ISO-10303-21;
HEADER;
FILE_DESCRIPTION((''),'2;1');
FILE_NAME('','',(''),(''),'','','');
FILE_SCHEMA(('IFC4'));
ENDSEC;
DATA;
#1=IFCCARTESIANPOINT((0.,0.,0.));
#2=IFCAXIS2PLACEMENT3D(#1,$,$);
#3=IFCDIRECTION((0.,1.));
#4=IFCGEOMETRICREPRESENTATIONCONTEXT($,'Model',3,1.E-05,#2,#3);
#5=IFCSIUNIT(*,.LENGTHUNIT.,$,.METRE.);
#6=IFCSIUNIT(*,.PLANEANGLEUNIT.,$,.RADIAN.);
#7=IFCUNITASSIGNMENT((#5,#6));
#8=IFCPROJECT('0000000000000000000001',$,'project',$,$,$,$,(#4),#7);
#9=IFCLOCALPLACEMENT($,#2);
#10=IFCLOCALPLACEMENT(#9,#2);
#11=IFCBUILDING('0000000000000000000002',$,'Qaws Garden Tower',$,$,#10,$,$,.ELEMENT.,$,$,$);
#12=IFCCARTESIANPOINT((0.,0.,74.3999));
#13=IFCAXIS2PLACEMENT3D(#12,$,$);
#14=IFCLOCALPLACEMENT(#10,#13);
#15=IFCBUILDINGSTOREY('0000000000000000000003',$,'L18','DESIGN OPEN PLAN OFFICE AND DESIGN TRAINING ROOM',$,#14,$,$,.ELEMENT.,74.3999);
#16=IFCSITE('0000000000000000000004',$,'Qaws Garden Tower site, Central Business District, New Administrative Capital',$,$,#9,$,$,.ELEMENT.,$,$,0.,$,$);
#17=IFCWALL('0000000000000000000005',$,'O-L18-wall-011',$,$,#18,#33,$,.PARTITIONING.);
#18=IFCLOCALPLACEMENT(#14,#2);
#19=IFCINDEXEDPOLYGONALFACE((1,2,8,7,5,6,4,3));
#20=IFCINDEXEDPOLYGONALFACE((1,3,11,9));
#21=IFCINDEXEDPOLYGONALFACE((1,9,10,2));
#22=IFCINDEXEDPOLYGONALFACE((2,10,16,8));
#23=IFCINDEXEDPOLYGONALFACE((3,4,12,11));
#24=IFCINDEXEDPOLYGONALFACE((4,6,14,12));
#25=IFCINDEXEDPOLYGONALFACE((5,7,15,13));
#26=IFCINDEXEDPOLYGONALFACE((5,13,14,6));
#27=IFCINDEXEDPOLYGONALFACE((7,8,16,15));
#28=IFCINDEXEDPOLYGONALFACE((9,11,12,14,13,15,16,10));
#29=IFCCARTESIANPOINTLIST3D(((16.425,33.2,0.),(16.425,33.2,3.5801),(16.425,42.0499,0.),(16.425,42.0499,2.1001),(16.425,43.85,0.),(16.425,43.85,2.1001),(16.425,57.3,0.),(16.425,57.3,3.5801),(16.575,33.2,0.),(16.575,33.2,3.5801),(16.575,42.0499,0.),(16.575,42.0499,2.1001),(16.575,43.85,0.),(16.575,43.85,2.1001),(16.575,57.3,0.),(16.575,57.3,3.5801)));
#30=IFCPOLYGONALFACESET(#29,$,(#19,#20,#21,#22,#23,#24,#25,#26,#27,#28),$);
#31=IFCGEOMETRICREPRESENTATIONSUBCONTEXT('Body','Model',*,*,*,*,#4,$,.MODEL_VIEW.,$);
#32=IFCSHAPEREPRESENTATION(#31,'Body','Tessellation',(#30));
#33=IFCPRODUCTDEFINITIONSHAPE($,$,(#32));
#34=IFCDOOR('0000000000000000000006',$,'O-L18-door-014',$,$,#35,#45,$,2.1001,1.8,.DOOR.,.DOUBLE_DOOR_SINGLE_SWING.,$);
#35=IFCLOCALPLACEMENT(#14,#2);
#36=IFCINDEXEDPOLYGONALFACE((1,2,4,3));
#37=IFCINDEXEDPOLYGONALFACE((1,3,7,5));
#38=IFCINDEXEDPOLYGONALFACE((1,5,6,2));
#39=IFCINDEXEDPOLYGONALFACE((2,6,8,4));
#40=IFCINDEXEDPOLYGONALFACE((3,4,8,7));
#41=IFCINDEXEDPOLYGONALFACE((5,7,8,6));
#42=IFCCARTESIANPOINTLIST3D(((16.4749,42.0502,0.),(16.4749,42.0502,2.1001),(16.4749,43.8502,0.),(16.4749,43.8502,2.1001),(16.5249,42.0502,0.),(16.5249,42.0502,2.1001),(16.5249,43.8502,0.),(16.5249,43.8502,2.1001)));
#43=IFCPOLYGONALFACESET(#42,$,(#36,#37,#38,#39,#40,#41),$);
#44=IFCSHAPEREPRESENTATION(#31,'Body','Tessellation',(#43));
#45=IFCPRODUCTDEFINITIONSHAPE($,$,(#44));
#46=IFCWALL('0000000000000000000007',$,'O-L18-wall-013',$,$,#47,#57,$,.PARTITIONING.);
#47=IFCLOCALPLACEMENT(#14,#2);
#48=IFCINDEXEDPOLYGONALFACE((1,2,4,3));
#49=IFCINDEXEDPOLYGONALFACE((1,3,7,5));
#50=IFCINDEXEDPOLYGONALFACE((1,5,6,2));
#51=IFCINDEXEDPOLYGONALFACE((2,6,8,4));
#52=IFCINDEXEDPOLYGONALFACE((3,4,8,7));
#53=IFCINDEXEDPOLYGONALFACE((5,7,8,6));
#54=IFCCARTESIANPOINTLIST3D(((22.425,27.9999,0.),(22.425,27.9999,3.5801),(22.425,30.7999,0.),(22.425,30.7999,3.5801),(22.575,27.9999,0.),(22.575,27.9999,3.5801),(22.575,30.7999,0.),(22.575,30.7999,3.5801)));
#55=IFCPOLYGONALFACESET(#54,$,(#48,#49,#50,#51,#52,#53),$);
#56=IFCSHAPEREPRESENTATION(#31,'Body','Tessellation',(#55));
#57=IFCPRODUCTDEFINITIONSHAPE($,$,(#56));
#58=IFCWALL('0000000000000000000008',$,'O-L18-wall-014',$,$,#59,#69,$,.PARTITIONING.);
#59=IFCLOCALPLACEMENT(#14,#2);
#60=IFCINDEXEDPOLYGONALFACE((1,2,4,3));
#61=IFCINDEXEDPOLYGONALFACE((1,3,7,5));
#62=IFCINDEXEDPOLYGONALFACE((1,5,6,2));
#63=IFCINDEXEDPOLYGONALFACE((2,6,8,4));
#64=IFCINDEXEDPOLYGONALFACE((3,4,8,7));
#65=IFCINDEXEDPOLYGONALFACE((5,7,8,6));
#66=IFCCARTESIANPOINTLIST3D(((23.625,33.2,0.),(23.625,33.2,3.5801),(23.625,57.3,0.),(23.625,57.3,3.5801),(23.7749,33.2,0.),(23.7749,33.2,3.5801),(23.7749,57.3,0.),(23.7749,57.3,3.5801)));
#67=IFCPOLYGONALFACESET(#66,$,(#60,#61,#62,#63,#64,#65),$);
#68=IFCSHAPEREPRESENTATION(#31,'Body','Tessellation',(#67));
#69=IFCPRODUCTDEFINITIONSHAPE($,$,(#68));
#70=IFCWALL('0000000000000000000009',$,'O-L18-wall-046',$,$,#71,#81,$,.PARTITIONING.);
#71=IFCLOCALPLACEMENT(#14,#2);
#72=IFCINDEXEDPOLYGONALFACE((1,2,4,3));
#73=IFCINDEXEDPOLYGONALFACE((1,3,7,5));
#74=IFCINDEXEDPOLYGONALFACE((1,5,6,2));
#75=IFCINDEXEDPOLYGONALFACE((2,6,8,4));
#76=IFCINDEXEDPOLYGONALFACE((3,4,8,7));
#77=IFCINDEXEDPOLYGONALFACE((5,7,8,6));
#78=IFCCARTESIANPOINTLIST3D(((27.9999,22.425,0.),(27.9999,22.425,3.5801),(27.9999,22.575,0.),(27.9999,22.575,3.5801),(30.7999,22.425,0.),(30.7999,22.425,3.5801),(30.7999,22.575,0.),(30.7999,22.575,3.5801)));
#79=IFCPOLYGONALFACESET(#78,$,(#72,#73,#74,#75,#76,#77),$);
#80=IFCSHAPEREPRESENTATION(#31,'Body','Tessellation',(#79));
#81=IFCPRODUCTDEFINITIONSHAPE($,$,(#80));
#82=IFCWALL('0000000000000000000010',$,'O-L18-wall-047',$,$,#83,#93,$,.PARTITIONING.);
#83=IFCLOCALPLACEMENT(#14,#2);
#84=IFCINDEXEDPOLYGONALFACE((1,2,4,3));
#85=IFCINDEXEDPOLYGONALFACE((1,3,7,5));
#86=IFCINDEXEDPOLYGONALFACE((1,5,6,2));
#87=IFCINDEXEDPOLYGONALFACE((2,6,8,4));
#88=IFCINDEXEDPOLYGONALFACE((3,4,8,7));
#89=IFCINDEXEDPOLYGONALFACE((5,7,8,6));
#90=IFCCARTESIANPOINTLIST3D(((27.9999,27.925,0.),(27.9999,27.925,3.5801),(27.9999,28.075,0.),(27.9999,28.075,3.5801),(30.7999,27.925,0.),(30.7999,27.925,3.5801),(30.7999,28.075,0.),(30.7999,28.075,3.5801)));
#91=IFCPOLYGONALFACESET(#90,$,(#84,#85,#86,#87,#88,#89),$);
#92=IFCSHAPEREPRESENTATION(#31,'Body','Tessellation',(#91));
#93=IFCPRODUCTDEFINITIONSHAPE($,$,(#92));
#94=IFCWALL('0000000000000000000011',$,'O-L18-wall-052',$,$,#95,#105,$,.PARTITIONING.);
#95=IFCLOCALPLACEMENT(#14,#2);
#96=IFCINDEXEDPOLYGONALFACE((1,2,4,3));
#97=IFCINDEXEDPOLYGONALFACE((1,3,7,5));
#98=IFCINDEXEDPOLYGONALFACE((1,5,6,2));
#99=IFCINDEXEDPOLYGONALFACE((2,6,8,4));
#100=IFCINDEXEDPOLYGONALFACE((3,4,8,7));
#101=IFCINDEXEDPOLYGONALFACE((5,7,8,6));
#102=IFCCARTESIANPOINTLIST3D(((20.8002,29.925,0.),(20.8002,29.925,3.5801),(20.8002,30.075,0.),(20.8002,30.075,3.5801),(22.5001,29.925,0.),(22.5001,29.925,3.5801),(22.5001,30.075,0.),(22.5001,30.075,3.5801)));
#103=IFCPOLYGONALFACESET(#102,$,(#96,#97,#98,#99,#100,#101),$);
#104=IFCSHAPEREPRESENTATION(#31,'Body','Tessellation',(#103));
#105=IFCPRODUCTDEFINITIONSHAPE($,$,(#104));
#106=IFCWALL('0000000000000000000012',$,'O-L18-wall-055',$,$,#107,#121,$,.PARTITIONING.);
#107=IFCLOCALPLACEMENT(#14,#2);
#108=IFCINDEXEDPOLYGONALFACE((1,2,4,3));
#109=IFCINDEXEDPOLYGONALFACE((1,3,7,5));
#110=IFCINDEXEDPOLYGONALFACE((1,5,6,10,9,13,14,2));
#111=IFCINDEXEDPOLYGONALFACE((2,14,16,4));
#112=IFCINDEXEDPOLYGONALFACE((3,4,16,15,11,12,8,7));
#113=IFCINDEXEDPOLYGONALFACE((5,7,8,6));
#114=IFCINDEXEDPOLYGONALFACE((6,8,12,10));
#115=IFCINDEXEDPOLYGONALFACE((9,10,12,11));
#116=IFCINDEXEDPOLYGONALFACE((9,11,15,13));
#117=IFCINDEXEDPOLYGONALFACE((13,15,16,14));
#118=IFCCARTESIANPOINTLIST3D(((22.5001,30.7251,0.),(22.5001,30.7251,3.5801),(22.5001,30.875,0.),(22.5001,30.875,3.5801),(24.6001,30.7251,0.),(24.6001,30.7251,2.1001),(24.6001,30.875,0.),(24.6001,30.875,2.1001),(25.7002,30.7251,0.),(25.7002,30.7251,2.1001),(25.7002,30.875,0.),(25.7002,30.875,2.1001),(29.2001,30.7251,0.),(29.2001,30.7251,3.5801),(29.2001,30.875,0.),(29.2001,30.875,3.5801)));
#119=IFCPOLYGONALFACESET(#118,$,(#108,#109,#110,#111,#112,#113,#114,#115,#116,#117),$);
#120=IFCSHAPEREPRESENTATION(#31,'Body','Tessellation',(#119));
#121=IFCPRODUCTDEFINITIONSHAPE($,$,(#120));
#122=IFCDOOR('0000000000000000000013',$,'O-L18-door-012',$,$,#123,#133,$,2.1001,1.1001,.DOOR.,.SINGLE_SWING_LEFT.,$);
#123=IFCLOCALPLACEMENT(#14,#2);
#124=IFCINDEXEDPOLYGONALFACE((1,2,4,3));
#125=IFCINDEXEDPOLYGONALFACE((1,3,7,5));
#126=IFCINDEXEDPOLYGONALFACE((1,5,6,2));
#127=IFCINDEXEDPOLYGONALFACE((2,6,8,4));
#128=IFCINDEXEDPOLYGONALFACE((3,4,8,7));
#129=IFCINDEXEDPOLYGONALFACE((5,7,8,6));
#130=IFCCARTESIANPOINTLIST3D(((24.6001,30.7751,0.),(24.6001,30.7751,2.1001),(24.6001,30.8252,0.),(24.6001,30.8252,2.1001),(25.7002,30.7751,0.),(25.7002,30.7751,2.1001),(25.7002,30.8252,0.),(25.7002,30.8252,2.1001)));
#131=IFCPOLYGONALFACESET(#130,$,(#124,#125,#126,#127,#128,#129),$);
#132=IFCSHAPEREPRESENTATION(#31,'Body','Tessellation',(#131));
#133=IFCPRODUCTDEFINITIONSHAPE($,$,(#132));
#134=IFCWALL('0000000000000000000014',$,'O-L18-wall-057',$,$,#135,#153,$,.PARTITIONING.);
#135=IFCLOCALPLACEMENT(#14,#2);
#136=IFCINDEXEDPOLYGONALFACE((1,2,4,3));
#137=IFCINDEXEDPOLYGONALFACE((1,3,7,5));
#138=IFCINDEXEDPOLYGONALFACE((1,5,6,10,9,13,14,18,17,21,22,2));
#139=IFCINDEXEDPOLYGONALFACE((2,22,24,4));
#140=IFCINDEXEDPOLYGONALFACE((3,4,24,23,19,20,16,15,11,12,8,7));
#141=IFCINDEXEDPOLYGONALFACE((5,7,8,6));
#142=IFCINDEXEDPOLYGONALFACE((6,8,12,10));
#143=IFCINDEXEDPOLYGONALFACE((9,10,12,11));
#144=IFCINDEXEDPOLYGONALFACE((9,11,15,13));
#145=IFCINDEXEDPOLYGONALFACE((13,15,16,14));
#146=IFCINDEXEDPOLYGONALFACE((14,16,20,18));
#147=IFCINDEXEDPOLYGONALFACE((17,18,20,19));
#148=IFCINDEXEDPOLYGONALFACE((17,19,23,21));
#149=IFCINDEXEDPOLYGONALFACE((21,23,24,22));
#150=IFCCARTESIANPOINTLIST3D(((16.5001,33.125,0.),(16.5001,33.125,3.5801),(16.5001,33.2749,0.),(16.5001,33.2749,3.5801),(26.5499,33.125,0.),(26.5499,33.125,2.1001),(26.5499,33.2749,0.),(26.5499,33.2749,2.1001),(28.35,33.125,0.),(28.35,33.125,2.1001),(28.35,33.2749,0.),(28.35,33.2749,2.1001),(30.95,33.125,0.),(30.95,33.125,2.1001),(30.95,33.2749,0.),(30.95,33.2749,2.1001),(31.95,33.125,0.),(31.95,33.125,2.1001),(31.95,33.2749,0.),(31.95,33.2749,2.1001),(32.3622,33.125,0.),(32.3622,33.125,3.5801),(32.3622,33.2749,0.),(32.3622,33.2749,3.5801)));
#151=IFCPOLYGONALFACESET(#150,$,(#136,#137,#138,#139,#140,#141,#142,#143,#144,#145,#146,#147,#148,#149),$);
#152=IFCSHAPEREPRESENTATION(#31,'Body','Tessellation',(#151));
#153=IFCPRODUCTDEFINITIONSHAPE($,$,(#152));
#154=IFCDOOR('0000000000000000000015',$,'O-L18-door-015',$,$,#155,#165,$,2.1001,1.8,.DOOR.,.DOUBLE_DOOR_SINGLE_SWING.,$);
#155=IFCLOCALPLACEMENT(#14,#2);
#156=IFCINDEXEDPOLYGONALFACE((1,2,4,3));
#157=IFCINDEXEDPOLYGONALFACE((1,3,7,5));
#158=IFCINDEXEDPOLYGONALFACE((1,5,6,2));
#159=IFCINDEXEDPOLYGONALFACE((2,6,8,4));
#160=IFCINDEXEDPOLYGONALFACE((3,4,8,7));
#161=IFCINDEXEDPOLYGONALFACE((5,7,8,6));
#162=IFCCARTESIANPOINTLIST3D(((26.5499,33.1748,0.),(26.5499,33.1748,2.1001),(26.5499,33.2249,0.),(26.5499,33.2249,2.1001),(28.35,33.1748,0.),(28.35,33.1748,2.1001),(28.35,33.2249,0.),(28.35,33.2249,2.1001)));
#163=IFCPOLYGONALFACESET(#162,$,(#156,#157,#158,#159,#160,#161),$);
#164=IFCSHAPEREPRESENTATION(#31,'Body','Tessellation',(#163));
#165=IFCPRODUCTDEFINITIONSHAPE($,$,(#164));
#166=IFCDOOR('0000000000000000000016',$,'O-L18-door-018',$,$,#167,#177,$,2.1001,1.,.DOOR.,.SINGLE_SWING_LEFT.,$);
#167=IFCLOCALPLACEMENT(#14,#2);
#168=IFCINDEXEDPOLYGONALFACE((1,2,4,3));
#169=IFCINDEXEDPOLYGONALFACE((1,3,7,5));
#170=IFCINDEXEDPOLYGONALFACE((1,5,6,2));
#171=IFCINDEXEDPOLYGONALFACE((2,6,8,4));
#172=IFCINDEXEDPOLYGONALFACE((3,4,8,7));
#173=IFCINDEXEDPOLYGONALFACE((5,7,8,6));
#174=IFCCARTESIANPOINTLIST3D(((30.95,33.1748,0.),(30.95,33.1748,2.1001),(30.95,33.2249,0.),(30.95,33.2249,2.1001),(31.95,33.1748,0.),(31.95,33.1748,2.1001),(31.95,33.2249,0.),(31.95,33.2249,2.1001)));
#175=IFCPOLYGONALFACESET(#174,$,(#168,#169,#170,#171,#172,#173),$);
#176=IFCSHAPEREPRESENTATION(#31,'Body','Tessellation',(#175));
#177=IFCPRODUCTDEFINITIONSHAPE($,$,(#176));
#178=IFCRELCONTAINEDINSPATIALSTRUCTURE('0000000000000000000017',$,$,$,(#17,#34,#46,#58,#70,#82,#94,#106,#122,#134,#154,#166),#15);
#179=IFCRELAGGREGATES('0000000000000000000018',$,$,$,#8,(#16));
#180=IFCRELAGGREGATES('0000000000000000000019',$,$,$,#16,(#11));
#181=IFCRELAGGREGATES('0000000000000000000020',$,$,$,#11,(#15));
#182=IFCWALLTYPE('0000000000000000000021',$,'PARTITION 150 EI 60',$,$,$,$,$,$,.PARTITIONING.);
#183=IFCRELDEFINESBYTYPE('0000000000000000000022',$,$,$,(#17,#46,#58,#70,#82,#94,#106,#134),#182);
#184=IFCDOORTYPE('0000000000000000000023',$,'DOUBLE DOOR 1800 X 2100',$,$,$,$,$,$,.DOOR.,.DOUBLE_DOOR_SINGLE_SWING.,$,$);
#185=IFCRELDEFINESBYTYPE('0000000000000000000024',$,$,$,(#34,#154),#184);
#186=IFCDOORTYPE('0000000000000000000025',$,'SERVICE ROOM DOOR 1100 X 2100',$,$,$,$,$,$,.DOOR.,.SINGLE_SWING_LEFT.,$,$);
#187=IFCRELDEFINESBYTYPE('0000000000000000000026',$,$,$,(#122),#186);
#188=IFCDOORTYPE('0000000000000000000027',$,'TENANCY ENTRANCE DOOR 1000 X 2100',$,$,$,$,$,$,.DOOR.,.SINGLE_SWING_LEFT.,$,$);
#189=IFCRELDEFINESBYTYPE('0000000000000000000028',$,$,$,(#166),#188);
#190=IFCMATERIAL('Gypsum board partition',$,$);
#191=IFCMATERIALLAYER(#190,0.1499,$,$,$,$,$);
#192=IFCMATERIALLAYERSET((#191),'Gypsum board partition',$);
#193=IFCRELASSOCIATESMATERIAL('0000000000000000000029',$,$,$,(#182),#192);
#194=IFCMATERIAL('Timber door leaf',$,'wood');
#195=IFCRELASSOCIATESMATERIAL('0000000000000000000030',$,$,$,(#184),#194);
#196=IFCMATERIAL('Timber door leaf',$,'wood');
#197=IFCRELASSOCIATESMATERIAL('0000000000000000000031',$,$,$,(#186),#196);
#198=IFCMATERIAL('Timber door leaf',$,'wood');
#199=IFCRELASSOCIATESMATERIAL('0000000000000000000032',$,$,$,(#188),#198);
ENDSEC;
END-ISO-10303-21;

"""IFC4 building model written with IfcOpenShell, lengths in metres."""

from ifc_helpers import new_model, si_unit, direction, frame, frame_2d, origin, place, context, subcontext, project, spatial, rectangle, extrude, material, layer, layer_set, type_object, element, fill, save


model = new_model("IFC4")

# Units and contexts
model_context = context("Model", 3, precision=1e-05, world=origin(), true_north=direction((0.0, 1.0)))
body_context = subcontext(model_context, "Body", "Model", "MODEL_VIEW")
ifc_project = project(units=[si_unit("LENGTHUNIT", "METRE"), si_unit("PLANEANGLEUNIT", "RADIAN")], contexts=[model_context])

# Site, building, storey
site_placement = place(None, origin())
site = spatial("IfcSite", under=ifc_project, at=site_placement, Name="Qaws Garden Tower site, Central Business District, New Administrative Capital", CompositionType="ELEMENT", RefElevation=0.0)
building_placement = place(site_placement, origin())
building = spatial("IfcBuilding", under=site, at=building_placement, Name="Qaws Garden Tower", CompositionType="ELEMENT")
storey_placement = place(building_placement, frame((0.0, 0.0, 74.3999)))
storey = spatial("IfcBuildingStorey", under=building, at=storey_placement, Name="L18", Description="DESIGN OPEN PLAN OFFICE AND DESIGN TRAINING ROOM", CompositionType="ELEMENT", Elevation=74.3999)

# Wall, opening, door
ifc_material_1 = material(Name="Gypsum board partition")
ifc_layer_1 = layer(ifc_material_1, 0.1499)
ifc_layer_set_1 = layer_set([ifc_layer_1], Name="Gypsum board partition")
wall_type_1 = type_object("IfcWallType", Name="PARTITION 150 EI 60", PredefinedType="PARTITIONING", material=ifc_layer_set_1)
wall_1_placement = place(storey_placement, frame((16.5, 33.2, 0.0), z_axis=(0.0, 0.0, 1.0), x_axis=(0.0, 1.0, 0.0)))
wall_1 = element("IfcWall", 1, at=wall_1_placement, inside=storey, type_object=wall_type_1, Name="O-L18-wall-011", PredefinedType="PARTITIONING", context=body_context, shape_type="SweptSolid", body=[
    extrude(rectangle(XDim=24.1001, YDim=0.1499, at=frame_2d((12.05, 0.0))), origin(), (0.0, 0.0, 1.0), 3.5801),
])
opening_1_placement = place(wall_1_placement, frame((8.8501, 0.0, 0.0)))
opening_1 = element("IfcOpeningElement", 2, at=opening_1_placement, cuts=wall_1, PredefinedType="OPENING", context=body_context, shape_type="SweptSolid", body=[
    extrude(rectangle(XDim=1.8, YDim=2.1001, at=frame_2d((0.8999, 1.05))), frame((0.0, 0.085, 0.0), z_axis=(0.0, -1.0, 0.0), x_axis=(1.0, 0.0, 0.0)), (0.0, 0.0, 1.0), 0.1699),
])
ifc_material_2 = material(Name="Timber door leaf", Category="wood")
door_type_1 = type_object("IfcDoorType", Name="DOUBLE DOOR 1800 X 2100", OperationType="DOUBLE_DOOR_SINGLE_SWING", PredefinedType="DOOR", material=ifc_material_2)
door_1_placement = place(opening_1_placement, frame((1.8, 0.0, 0.0), z_axis=(0.0, 0.0, 1.0), x_axis=(-1.0, 0.0, 0.0)))
door_1 = element("IfcDoor", 3, at=door_1_placement, inside=storey, type_object=door_type_1, Name="O-L18-door-014", OperationType="DOUBLE_DOOR_SINGLE_SWING", OverallHeight=2.1001, OverallWidth=1.8, PredefinedType="DOOR", context=body_context, shape_type="SweptSolid", body=[
    extrude(rectangle(XDim=1.8, YDim=2.1001, at=frame_2d((0.8999, 1.05))), frame((0.0, 0.0249, 0.0), z_axis=(0.0, -1.0, 0.0), x_axis=(1.0, 0.0, 0.0)), (0.0, 0.0, 1.0), 0.05),
])
fill(opening_1, door_1)

# Walls
wall_2_placement = place(storey_placement, frame((22.5, 28.0, 0.0), z_axis=(0.0, 0.0, 1.0), x_axis=(0.0, 1.0, 0.0)))
element("IfcWall", 4, at=wall_2_placement, inside=storey, type_object=wall_type_1, Name="O-L18-wall-013", PredefinedType="PARTITIONING", context=body_context, shape_type="SweptSolid", body=[
    extrude(rectangle(XDim=2.8, YDim=0.1499, at=frame_2d((1.3999, 0.0))), origin(), (0.0, 0.0, 1.0), 3.5801),
])
wall_3_placement = place(storey_placement, frame((23.7, 33.2, 0.0), z_axis=(0.0, 0.0, 1.0), x_axis=(0.0, 1.0, 0.0)))
element("IfcWall", 5, at=wall_3_placement, inside=storey, type_object=wall_type_1, Name="O-L18-wall-014", PredefinedType="PARTITIONING", context=body_context, shape_type="SweptSolid", body=[
    extrude(rectangle(XDim=24.1001, YDim=0.1499, at=frame_2d((12.05, 0.0))), origin(), (0.0, 0.0, 1.0), 3.5801),
])
for number, where, z_axis, x_axis, name in (
    (6, (28.0, 22.5, 0.0), (0.0, 0.0, 1.0), (1.0, 0.0, 0.0), "O-L18-wall-046"),
    (7, (28.0, 28.0, 0.0), (0.0, 0.0, 1.0), (1.0, 0.0, 0.0), "O-L18-wall-047"),
):
    element("IfcWall", number, at=place(storey_placement, frame(where, z_axis=z_axis, x_axis=x_axis)), inside=storey, type_object=wall_type_1, Name=name, PredefinedType="PARTITIONING", context=body_context, shape_type="SweptSolid", body=[
        extrude(rectangle(XDim=2.8, YDim=0.1499, at=frame_2d((1.3999, 0.0))), origin(), (0.0, 0.0, 1.0), 3.5801),
    ])
wall_4_placement = place(storey_placement, frame((20.8, 30.0, 0.0), z_axis=(0.0, 0.0, 1.0), x_axis=(1.0, 0.0, 0.0)))
element("IfcWall", 8, at=wall_4_placement, inside=storey, type_object=wall_type_1, Name="O-L18-wall-052", PredefinedType="PARTITIONING", context=body_context, shape_type="SweptSolid", body=[
    extrude(rectangle(XDim=1.7, YDim=0.1499, at=frame_2d((0.8501, 0.0))), origin(), (0.0, 0.0, 1.0), 3.5801),
])

# Wall, opening, door
wall_5_placement = place(storey_placement, frame((22.5, 30.8, 0.0), z_axis=(0.0, 0.0, 1.0), x_axis=(1.0, 0.0, 0.0)))
wall_5 = element("IfcWall", 9, at=wall_5_placement, inside=storey, type_object=wall_type_1, Name="O-L18-wall-055", PredefinedType="PARTITIONING", context=body_context, shape_type="SweptSolid", body=[
    extrude(rectangle(XDim=6.7, YDim=0.1499, at=frame_2d((3.3501, 0.0))), origin(), (0.0, 0.0, 1.0), 3.5801),
])
opening_2_placement = place(wall_5_placement, frame((2.1001, 0.0, 0.0)))
opening_2 = element("IfcOpeningElement", 10, at=opening_2_placement, cuts=wall_5, PredefinedType="OPENING", context=body_context, shape_type="SweptSolid", body=[
    extrude(rectangle(XDim=1.1001, YDim=2.1001, at=frame_2d((0.55, 1.05))), frame((0.0, 0.085, 0.0), z_axis=(0.0, -1.0, 0.0), x_axis=(1.0, 0.0, 0.0)), (0.0, 0.0, 1.0), 0.1699),
])
ifc_material_3 = material(Name="Timber door leaf", Category="wood")
door_type_2 = type_object("IfcDoorType", Name="SERVICE ROOM DOOR 1100 X 2100", OperationType="SINGLE_SWING_LEFT", PredefinedType="DOOR", material=ifc_material_3)
door_2_placement = place(opening_2_placement, frame((1.1001, 0.0, 0.0), z_axis=(0.0, 0.0, 1.0), x_axis=(-1.0, 0.0, 0.0)))
door_2 = element("IfcDoor", 11, at=door_2_placement, inside=storey, type_object=door_type_2, Name="O-L18-door-012", OperationType="SINGLE_SWING_LEFT", OverallHeight=2.1001, OverallWidth=1.1001, PredefinedType="DOOR", context=body_context, shape_type="SweptSolid", body=[
    extrude(rectangle(XDim=1.1001, YDim=2.1001, at=frame_2d((0.55, 1.05))), frame((0.0, 0.0249, 0.0), z_axis=(0.0, -1.0, 0.0), x_axis=(1.0, 0.0, 0.0)), (0.0, 0.0, 1.0), 0.05),
])
fill(opening_2, door_2)

# Wall, openings, doors
wall_6_placement = place(storey_placement, frame((16.5, 33.2, 0.0), z_axis=(0.0, 0.0, 1.0), x_axis=(1.0, 0.0, 0.0)))
wall_6 = element("IfcWall", 12, at=wall_6_placement, inside=storey, type_object=wall_type_1, Name="O-L18-wall-057", PredefinedType="PARTITIONING", context=body_context, shape_type="SweptSolid", body=[
    extrude(rectangle(XDim=15.8621, YDim=0.1499, at=frame_2d((7.9312, 0.0))), origin(), (0.0, 0.0, 1.0), 3.5801),
])
opening_3_placement = place(wall_6_placement, frame((10.05, 0.0, 0.0)))
opening_3 = element("IfcOpeningElement", 13, at=opening_3_placement, cuts=wall_6, PredefinedType="OPENING", context=body_context, shape_type="SweptSolid", body=[
    extrude(rectangle(XDim=1.8, YDim=2.1001, at=frame_2d((0.8999, 1.05))), frame((0.0, 0.085, 0.0), z_axis=(0.0, -1.0, 0.0), x_axis=(1.0, 0.0, 0.0)), (0.0, 0.0, 1.0), 0.1699),
])
opening_4_placement = place(wall_6_placement, frame((14.45, 0.0, 0.0)))
opening_4 = element("IfcOpeningElement", 14, at=opening_4_placement, cuts=wall_6, PredefinedType="OPENING", context=body_context, shape_type="SweptSolid", body=[
    extrude(rectangle(XDim=1.0, YDim=2.1001, at=frame_2d((0.5, 1.05))), frame((0.0, 0.085, 0.0), z_axis=(0.0, -1.0, 0.0), x_axis=(1.0, 0.0, 0.0)), (0.0, 0.0, 1.0), 0.1699),
])
door_3_placement = place(opening_3_placement, origin())
door_3 = element("IfcDoor", 15, at=door_3_placement, inside=storey, type_object=door_type_1, Name="O-L18-door-015", OperationType="DOUBLE_DOOR_SINGLE_SWING", OverallHeight=2.1001, OverallWidth=1.8, PredefinedType="DOOR", context=body_context, shape_type="SweptSolid", body=[
    extrude(rectangle(XDim=1.8, YDim=2.1001, at=frame_2d((0.8999, 1.05))), frame((0.0, 0.0249, 0.0), z_axis=(0.0, -1.0, 0.0), x_axis=(1.0, 0.0, 0.0)), (0.0, 0.0, 1.0), 0.05),
])
fill(opening_3, door_3)
ifc_material_4 = material(Name="Timber door leaf", Category="wood")
door_type_3 = type_object("IfcDoorType", Name="TENANCY ENTRANCE DOOR 1000 X 2100", OperationType="SINGLE_SWING_LEFT", PredefinedType="DOOR", material=ifc_material_4)
door_4_placement = place(opening_4_placement, origin())
door_4 = element("IfcDoor", 16, at=door_4_placement, inside=storey, type_object=door_type_3, Name="O-L18-door-018", OperationType="SINGLE_SWING_LEFT", OverallHeight=2.1001, OverallWidth=1.0, PredefinedType="DOOR", context=body_context, shape_type="SweptSolid", body=[
    extrude(rectangle(XDim=1.0, YDim=2.1001, at=frame_2d((0.5, 1.05))), frame((0.0, 0.0249, 0.0), z_axis=(0.0, -1.0, 0.0), x_axis=(1.0, 0.0, 0.0)), (0.0, 0.0, 1.0), 0.05),
])
fill(opening_4, door_4)

save(model, "model.ifc")
